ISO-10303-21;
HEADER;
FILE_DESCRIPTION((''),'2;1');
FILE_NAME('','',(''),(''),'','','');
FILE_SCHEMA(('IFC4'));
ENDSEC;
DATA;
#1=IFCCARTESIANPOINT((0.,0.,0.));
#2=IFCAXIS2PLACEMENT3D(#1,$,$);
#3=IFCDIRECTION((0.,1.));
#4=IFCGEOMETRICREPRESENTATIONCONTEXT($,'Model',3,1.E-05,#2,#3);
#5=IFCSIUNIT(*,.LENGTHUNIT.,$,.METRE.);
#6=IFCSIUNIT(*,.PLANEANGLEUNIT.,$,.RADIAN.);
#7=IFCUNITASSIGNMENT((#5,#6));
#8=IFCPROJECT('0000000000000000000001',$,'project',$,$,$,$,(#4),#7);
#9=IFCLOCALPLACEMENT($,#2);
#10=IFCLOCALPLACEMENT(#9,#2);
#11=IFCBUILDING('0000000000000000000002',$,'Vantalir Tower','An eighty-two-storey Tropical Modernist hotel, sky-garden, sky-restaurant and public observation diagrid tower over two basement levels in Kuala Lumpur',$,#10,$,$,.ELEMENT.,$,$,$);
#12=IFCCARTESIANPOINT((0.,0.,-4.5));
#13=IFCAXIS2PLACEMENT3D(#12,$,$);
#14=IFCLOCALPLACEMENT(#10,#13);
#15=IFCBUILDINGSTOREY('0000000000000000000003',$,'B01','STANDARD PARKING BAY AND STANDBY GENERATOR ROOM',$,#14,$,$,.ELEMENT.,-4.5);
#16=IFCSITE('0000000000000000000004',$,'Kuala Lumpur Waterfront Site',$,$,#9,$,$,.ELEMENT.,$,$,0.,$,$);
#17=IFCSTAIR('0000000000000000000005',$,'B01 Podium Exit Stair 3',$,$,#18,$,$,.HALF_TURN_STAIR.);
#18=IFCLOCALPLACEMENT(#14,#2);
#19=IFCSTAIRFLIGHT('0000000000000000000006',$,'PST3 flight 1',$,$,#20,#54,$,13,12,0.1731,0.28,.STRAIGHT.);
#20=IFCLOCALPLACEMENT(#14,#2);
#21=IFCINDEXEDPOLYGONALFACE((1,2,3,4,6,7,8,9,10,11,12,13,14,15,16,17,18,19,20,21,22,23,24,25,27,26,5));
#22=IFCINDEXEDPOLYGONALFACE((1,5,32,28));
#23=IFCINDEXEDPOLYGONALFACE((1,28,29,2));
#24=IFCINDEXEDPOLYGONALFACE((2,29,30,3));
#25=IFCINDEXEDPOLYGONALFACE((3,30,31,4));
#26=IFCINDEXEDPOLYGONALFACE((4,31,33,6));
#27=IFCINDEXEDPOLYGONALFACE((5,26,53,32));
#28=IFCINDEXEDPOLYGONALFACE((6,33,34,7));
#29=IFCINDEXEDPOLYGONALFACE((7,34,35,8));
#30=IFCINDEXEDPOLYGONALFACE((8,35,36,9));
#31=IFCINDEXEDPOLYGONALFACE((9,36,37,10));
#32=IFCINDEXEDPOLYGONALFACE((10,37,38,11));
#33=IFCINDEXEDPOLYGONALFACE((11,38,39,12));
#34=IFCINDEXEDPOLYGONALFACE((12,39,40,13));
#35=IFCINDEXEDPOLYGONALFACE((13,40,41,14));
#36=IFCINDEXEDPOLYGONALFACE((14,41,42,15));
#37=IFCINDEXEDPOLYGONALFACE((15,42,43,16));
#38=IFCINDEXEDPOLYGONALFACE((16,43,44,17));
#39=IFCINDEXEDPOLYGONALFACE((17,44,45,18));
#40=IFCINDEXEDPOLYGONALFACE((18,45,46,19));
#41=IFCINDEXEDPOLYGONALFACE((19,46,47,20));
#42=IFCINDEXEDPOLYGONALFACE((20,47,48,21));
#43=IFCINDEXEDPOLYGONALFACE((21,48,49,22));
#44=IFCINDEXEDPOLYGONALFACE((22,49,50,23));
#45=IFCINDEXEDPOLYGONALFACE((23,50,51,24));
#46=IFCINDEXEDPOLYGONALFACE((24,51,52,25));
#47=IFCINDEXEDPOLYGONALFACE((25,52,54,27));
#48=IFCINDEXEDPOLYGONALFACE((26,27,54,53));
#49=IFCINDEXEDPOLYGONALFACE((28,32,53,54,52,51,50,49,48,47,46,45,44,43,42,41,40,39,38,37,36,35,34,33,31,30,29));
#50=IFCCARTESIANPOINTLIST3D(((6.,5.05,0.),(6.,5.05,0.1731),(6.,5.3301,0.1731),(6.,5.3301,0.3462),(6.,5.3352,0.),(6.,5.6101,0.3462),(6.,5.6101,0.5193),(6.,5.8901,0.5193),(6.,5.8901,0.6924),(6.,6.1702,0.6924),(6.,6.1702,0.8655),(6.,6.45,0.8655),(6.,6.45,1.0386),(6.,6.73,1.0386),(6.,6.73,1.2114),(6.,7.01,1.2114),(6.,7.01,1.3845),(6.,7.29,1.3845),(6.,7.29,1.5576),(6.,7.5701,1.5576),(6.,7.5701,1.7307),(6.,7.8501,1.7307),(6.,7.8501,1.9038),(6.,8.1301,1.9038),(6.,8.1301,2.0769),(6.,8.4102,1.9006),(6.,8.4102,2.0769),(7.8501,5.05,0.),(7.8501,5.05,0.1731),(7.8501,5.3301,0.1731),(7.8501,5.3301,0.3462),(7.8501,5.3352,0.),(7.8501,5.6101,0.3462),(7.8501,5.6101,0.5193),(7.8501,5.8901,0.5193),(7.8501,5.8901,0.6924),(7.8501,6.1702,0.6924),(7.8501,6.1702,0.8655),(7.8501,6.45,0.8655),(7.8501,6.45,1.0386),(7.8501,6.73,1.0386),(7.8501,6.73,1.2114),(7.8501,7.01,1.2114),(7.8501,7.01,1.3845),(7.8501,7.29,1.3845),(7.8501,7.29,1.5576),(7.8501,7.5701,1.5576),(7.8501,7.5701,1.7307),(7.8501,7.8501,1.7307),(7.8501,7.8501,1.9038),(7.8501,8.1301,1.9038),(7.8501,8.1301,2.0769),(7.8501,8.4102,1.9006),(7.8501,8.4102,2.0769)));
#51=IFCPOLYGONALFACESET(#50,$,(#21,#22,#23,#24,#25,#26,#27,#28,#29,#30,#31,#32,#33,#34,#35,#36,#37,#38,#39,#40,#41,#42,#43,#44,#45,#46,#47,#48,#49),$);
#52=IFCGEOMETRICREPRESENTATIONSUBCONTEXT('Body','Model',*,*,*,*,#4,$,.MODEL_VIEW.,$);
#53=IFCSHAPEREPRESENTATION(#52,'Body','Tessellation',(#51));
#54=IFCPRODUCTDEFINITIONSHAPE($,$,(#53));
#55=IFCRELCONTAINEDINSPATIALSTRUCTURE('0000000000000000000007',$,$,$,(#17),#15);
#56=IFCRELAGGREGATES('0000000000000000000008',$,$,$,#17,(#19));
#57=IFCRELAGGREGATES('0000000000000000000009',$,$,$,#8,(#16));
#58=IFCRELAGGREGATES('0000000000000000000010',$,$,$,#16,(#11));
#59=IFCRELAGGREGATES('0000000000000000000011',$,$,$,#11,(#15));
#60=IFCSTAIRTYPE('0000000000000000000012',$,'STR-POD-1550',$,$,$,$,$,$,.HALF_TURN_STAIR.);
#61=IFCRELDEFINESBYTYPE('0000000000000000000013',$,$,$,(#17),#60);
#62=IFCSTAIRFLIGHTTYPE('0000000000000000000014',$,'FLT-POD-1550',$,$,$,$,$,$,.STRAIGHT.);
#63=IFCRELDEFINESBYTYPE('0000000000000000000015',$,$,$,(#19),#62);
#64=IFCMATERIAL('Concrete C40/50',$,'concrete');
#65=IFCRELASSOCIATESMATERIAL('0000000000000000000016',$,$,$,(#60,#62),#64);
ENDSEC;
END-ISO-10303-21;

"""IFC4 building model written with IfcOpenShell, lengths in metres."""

from ifc_helpers import new_model, si_unit, direction, frame, origin, place, context, subcontext, project, spatial, polyline, outline, extrude, material, type_object, element, aggregate, save


model = new_model("IFC4")

# Units and contexts
model_context = context("Model", 3, precision=1e-05, world=origin(), true_north=direction((0.0, 1.0)))
body_context = subcontext(model_context, "Body", "Model", "MODEL_VIEW")
ifc_project = project(units=[si_unit("LENGTHUNIT", "METRE"), si_unit("PLANEANGLEUNIT", "RADIAN")], contexts=[model_context])

# Site, building, storey
site_placement = place(None, origin())
site = spatial("IfcSite", under=ifc_project, at=site_placement, Name="Kuala Lumpur Waterfront Site", CompositionType="ELEMENT", RefElevation=0.0)
building_placement = place(site_placement, origin())
building = spatial("IfcBuilding", under=site, at=building_placement, Name="Vantalir Tower", Description="An eighty-two-storey Tropical Modernist hotel, sky-garden, sky-restaurant and public observation diagrid tower over two basement levels in Kuala Lumpur", CompositionType="ELEMENT")
storey_placement = place(building_placement, frame((0.0, 0.0, -4.5)))
storey = spatial("IfcBuildingStorey", under=building, at=storey_placement, Name="B01", Description="STANDARD PARKING BAY AND STANDBY GENERATOR ROOM", CompositionType="ELEMENT", Elevation=-4.5)

# Stair, stair flight
ifc_material_1 = material(Name="Concrete C40/50", Category="concrete")
stair_type = type_object("IfcStairType", Name="STR-POD-1550", PredefinedType="HALF_TURN_STAIR", material=ifc_material_1)
stair_placement = place(storey_placement, origin())
stair = element("IfcStair", 1, at=stair_placement, inside=storey, type_object=stair_type, Name="B01 Podium Exit Stair 3", PredefinedType="HALF_TURN_STAIR")
stair_flight_type = type_object("IfcStairFlightType", Name="FLT-POD-1550", PredefinedType="STRAIGHT", material=ifc_material_1)
stair_flight_placement = place(storey_placement, frame((6.925, 5.05, 0.0), z_axis=(0.0, 0.0, 1.0), x_axis=(0.0, 1.0, 0.0)))
stair_flight = element("IfcStairFlight", 2, at=stair_flight_placement, type_object=stair_flight_type, Name="PST3 flight 1", NumberOfRisers=13, NumberOfTreads=12, PredefinedType="STRAIGHT", RiserHeight=0.1731, TreadLength=0.28, context=body_context, shape_type="SweptSolid", body=[
    extrude(outline(polyline([(0.0, 0.0), (0.0, 0.1731), (0.28, 0.1731), (0.28, 0.3462), (0.5601, 0.3462), (0.5601, 0.5193), (0.8401, 0.5193), (0.8401, 0.6924), (1.1201, 0.6924), (1.1201, 0.8655), (1.3999, 0.8655), (1.3999, 1.0386), (1.6799, 1.0386), (1.6799, 1.2114), (1.96, 1.2114), (1.96, 1.3845), (2.24, 1.3845), (2.24, 1.5576), (2.52, 1.5576), (2.52, 1.7307), (2.8, 1.7307), (2.8, 1.9038), (3.0801, 1.9038), (3.0801, 2.0769), (3.3601, 2.0769), (3.3601, 2.25), (3.3601, 1.9006), (0.2852, 0.0), (0.0, 0.0)])), frame((0.0, 0.925, 0.0), z_axis=(0.0, -1.0, 0.0), x_axis=(1.0, 0.0, 0.0)), (0.0, 0.0, 1.0), 1.8501),
])
aggregate(stair, [stair_flight])

save(model, "model.ifc")
